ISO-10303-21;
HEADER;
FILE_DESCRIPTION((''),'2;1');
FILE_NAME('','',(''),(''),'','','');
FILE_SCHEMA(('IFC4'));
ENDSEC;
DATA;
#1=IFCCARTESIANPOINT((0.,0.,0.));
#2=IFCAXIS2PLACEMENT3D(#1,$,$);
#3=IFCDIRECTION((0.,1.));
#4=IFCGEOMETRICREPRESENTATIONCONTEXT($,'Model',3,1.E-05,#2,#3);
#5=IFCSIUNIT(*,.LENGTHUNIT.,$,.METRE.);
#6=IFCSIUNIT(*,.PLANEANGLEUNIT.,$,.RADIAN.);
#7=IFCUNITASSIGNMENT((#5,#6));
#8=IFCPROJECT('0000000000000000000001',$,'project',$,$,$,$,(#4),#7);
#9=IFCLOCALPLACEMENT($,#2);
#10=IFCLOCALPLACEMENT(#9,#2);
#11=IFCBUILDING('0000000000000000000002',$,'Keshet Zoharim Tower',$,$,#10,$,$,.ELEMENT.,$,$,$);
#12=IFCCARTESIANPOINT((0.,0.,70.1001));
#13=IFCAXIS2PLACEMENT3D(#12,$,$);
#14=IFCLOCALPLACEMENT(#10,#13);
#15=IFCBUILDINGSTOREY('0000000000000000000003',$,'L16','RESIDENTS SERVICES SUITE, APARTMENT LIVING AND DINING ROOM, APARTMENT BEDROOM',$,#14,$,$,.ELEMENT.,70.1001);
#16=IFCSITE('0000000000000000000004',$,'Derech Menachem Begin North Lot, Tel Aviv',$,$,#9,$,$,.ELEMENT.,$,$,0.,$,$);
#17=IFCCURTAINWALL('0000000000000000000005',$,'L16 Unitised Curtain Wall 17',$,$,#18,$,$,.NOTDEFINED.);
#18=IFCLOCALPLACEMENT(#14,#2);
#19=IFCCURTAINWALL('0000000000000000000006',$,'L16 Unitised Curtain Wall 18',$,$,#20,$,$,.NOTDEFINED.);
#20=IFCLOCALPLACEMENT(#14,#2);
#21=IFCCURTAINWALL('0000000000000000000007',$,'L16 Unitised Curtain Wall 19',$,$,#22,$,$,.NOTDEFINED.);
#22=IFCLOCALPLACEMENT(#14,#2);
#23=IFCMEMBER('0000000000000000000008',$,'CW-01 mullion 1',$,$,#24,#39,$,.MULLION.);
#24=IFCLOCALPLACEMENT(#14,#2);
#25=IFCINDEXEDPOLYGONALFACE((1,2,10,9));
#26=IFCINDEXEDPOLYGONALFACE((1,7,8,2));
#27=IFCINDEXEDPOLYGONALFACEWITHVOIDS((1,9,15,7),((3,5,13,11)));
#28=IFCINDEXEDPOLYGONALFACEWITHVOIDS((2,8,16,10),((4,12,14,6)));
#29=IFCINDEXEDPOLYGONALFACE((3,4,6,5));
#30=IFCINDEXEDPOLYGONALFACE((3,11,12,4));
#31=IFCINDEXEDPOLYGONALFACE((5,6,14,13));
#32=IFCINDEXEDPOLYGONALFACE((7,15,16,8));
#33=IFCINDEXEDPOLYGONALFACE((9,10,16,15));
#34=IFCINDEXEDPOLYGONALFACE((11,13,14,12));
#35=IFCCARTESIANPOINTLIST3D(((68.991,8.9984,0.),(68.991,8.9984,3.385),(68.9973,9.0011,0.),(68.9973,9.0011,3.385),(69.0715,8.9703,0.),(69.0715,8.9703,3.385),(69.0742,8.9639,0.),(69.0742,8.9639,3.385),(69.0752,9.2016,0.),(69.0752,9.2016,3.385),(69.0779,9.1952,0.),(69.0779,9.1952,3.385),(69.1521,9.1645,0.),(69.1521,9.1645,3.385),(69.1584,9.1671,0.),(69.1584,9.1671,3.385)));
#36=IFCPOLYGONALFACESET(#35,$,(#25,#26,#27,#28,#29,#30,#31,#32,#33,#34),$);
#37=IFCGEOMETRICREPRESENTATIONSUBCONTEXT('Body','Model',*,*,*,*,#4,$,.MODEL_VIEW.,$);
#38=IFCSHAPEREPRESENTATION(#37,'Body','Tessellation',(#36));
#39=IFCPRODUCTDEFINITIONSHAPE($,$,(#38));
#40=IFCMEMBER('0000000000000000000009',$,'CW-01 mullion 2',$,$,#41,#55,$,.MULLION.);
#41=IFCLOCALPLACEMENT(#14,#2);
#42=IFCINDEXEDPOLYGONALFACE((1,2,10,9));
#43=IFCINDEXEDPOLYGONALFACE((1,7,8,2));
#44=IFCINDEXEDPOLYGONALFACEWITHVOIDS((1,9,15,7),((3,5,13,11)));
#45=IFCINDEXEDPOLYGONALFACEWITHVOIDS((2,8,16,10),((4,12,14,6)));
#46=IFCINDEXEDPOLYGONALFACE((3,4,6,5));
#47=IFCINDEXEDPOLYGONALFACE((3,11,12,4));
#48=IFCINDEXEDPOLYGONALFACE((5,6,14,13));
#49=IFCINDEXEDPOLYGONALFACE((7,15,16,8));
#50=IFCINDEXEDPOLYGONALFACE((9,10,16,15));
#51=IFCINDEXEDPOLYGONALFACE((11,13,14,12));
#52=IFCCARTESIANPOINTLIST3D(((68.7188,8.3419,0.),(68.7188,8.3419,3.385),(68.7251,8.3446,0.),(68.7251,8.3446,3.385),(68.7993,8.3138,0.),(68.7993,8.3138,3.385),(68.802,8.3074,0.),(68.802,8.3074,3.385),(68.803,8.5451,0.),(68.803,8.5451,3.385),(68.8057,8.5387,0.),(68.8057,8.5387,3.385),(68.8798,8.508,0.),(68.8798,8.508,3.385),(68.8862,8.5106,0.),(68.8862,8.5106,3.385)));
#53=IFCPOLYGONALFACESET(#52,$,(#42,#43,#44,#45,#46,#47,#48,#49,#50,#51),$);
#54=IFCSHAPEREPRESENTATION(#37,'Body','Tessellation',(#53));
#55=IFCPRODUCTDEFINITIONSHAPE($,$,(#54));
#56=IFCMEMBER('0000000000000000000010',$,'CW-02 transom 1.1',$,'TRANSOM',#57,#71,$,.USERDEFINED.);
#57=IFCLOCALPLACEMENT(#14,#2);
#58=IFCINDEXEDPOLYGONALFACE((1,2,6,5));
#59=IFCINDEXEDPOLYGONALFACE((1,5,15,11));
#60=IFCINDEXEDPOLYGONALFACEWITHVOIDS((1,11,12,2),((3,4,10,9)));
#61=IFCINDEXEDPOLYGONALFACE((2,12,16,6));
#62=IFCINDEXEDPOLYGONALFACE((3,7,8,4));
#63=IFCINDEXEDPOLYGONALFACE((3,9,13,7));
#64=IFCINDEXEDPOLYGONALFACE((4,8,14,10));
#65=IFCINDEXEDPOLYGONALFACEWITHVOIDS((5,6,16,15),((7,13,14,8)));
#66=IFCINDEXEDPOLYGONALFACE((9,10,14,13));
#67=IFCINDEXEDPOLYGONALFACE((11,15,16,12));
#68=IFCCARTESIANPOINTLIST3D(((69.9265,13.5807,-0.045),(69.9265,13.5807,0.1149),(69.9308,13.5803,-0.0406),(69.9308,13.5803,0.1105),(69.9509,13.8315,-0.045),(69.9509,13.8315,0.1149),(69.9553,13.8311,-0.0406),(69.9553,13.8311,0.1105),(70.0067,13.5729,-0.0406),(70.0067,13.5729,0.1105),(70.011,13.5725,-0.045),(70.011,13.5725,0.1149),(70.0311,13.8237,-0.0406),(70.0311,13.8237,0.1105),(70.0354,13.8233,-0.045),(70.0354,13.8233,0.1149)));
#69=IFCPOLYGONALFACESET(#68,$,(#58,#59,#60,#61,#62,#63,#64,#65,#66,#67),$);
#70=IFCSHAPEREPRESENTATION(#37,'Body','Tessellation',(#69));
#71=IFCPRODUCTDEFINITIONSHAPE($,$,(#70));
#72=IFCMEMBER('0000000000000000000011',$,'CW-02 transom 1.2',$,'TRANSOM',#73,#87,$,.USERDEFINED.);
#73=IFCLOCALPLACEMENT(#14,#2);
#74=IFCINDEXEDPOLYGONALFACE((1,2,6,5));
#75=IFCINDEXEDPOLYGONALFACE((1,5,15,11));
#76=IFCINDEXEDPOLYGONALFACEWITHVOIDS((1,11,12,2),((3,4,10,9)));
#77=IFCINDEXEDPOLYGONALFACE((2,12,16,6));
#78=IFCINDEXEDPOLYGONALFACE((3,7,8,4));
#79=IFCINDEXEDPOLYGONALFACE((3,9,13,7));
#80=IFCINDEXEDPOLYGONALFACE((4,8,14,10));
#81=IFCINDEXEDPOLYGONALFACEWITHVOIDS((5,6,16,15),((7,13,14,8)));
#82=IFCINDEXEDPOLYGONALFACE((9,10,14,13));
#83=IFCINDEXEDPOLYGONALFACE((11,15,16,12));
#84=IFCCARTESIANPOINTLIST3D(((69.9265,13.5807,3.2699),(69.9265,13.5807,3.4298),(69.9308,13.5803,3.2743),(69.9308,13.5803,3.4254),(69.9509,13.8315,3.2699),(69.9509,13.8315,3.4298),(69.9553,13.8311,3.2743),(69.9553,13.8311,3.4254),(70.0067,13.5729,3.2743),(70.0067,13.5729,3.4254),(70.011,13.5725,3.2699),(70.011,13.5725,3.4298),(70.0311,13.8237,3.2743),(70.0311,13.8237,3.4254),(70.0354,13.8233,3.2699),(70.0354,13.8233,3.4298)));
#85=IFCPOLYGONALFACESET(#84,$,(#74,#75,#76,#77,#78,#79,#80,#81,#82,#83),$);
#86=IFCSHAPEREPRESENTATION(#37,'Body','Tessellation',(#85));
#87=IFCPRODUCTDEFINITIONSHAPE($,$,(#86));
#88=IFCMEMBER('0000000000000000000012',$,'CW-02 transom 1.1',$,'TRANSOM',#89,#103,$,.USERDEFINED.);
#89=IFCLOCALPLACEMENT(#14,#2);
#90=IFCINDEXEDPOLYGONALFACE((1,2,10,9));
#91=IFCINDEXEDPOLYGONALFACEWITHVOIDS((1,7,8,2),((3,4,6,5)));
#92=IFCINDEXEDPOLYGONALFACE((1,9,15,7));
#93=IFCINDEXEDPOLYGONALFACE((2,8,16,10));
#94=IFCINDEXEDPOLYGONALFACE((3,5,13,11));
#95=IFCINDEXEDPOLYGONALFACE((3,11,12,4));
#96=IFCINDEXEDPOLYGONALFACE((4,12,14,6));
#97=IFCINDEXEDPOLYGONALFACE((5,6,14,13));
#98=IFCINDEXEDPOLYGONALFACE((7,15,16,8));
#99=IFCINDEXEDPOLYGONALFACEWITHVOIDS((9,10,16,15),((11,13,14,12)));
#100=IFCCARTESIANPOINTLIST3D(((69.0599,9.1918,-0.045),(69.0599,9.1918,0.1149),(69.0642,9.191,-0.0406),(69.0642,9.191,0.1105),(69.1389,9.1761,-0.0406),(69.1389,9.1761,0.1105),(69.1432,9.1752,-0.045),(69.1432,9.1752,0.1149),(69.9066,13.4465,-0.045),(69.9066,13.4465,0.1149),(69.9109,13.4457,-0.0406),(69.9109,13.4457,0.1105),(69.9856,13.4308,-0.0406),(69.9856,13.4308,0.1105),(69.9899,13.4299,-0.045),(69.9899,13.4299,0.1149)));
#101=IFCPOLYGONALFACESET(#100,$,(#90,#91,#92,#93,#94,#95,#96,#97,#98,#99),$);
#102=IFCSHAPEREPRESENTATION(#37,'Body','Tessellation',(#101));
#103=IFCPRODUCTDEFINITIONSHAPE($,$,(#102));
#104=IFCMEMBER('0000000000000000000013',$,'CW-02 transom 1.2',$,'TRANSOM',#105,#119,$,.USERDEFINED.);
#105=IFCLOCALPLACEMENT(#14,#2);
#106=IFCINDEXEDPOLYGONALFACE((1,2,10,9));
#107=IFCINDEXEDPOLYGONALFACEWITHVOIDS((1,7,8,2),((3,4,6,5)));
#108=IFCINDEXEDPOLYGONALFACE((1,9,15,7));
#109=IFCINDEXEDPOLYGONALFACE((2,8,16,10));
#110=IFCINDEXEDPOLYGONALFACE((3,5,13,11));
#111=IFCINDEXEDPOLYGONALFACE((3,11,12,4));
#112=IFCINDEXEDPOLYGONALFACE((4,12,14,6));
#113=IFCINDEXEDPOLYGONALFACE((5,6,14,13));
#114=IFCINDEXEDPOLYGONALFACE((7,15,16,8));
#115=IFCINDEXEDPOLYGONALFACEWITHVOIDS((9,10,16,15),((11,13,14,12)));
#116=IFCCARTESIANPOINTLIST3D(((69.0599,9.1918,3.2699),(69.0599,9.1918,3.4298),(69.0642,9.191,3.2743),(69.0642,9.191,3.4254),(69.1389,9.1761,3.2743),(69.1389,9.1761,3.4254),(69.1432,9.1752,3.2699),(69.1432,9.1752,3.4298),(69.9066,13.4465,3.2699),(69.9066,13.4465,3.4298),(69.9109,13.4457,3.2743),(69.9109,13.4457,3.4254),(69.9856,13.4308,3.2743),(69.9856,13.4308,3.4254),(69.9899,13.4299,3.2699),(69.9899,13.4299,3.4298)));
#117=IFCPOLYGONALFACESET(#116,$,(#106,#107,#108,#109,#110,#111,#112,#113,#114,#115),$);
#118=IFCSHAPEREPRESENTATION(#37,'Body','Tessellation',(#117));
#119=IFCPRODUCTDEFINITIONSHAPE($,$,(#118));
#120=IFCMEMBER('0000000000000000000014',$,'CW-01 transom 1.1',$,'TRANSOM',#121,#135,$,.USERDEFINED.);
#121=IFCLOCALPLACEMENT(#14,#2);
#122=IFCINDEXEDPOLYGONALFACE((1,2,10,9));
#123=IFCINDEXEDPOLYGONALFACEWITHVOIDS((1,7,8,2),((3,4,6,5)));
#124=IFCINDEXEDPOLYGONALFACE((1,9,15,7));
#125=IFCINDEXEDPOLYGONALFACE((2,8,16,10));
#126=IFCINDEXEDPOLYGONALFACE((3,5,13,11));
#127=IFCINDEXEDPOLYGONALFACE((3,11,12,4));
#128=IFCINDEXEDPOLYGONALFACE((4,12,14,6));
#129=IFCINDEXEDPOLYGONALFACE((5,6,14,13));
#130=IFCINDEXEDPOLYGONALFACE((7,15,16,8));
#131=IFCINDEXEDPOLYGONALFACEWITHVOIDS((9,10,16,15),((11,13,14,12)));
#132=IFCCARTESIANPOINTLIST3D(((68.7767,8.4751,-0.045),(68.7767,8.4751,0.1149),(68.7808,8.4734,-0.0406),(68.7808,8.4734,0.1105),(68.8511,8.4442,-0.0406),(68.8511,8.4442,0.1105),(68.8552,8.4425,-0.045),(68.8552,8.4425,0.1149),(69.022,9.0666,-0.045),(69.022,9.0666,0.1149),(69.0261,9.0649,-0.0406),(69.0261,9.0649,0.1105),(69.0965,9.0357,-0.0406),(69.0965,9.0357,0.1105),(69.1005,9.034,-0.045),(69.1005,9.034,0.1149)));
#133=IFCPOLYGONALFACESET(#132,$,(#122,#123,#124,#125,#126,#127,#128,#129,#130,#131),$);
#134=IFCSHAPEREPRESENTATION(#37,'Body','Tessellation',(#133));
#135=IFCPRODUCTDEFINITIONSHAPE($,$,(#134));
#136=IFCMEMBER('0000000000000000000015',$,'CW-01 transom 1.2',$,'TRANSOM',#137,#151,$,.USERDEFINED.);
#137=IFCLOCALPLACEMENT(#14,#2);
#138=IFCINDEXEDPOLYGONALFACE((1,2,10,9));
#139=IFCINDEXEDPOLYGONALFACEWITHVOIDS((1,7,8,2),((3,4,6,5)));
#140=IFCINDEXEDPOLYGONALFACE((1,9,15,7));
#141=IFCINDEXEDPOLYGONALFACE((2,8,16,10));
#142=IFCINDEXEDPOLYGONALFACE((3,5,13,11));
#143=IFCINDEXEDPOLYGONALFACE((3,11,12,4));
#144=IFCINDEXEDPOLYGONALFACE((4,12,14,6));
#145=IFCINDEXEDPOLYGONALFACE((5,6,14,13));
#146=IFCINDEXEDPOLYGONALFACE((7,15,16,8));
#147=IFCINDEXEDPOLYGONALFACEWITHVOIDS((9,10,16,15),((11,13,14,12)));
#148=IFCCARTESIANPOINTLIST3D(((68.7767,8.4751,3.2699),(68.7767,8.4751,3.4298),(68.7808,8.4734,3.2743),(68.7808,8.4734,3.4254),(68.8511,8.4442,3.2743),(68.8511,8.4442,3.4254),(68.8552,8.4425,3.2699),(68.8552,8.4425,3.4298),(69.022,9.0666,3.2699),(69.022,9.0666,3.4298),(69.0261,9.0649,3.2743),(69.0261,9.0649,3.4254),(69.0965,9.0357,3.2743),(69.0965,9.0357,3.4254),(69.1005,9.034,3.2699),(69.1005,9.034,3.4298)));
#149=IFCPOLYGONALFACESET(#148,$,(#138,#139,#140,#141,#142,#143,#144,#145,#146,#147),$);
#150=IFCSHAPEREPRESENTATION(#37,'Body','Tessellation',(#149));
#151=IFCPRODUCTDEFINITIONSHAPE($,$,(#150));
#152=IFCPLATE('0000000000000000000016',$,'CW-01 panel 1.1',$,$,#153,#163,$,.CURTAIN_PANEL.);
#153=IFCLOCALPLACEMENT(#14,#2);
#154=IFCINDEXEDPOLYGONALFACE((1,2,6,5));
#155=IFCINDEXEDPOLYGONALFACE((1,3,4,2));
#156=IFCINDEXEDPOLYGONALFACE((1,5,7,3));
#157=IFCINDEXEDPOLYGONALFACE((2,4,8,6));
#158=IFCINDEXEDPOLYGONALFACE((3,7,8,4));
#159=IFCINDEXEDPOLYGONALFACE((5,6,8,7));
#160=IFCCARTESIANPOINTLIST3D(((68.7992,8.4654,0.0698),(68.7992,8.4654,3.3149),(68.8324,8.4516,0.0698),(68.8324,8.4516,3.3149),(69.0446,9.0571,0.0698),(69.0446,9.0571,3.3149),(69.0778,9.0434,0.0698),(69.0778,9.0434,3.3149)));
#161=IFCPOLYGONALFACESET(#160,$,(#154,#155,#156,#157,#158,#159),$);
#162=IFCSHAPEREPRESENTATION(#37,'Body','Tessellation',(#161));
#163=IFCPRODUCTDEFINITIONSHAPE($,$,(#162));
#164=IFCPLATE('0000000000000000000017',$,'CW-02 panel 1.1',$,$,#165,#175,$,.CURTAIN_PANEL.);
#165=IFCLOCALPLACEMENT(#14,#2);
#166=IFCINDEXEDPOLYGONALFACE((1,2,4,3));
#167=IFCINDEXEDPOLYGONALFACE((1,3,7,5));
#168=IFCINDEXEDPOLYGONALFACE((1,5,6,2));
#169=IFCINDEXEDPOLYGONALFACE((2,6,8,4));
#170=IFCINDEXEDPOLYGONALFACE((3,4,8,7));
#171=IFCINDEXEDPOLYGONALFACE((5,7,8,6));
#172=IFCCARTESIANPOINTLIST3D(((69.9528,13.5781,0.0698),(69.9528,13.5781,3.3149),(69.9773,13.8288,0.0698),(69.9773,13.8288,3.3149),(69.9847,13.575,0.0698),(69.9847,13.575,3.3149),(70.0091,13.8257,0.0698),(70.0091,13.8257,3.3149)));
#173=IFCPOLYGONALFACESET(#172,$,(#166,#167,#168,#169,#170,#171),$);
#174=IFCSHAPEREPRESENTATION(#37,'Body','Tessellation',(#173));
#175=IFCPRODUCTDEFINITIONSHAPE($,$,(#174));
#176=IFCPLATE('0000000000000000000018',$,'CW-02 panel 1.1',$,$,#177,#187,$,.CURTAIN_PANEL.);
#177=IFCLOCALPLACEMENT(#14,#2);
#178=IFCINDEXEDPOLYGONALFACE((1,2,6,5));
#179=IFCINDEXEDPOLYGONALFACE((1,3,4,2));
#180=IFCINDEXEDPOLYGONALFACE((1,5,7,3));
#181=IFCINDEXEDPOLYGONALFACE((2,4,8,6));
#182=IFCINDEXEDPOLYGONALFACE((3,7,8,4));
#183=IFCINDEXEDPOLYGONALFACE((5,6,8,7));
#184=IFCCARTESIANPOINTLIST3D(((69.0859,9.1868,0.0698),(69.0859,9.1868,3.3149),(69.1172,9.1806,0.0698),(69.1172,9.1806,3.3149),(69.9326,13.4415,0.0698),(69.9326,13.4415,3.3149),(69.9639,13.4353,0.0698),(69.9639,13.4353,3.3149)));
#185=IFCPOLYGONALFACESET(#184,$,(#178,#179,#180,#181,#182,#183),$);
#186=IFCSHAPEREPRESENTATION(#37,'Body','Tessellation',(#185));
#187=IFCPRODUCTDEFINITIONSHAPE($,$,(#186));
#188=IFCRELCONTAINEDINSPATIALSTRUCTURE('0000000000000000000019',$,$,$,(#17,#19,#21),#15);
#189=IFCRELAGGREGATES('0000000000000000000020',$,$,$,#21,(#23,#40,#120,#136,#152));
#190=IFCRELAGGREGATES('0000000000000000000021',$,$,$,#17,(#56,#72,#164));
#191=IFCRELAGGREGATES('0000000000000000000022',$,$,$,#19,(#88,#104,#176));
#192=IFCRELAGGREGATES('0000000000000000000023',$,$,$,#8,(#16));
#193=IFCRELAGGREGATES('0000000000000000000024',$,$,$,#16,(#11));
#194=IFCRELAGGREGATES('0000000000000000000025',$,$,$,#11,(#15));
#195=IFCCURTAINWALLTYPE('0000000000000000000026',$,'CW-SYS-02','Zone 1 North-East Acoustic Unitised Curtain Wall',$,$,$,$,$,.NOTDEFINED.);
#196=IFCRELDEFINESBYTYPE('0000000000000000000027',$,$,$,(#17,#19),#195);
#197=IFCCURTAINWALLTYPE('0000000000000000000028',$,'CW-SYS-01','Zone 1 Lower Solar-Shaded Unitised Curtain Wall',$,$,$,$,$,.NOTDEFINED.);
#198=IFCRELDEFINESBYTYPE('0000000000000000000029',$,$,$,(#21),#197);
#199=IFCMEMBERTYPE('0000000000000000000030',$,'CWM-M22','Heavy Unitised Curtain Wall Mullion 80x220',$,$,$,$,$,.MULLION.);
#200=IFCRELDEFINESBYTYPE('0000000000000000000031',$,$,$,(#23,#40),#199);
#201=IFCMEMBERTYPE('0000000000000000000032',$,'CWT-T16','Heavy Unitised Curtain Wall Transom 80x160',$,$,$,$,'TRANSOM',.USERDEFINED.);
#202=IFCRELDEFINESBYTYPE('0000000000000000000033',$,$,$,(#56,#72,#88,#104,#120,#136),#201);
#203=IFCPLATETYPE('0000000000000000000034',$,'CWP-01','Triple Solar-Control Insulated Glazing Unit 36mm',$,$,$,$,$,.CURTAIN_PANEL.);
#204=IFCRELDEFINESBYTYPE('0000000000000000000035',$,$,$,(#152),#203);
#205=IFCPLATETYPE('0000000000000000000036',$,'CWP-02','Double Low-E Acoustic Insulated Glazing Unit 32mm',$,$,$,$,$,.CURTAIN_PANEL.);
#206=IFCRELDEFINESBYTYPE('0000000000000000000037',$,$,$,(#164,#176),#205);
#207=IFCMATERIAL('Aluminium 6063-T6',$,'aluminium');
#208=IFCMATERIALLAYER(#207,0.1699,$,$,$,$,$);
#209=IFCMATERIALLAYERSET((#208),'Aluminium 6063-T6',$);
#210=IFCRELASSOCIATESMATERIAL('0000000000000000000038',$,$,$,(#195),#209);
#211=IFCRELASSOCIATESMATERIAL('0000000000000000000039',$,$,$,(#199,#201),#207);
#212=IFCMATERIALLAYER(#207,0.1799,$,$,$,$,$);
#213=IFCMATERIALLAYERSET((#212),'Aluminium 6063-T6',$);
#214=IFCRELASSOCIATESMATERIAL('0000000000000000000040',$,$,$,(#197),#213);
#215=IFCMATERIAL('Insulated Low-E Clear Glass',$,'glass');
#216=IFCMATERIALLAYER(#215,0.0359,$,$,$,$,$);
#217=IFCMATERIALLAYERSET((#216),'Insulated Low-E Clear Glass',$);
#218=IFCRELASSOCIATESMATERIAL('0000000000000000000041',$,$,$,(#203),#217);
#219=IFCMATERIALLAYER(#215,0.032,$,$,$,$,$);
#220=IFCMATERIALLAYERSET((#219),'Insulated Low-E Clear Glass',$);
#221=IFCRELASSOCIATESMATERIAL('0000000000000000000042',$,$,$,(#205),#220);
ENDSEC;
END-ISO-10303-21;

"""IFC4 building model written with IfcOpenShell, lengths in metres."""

from ifc_helpers import new_model, si_unit, direction, frame, origin, origin_2d, place, context, subcontext, project, spatial, rectangle, hollow_rectangle, extrude, material, layer, layer_set, material_profile, profile_set, type_object, element, aggregate, save


model = new_model("IFC4")

# Units and contexts
model_context = context("Model", 3, precision=1e-05, world=origin(), true_north=direction((0.0, 1.0)))
body_context = subcontext(model_context, "Body", "Model", "MODEL_VIEW")
ifc_project = project(units=[si_unit("LENGTHUNIT", "METRE"), si_unit("PLANEANGLEUNIT", "RADIAN")], contexts=[model_context])

# Site, building, storey
site_placement = place(None, origin())
site = spatial("IfcSite", under=ifc_project, at=site_placement, Name="Derech Menachem Begin North Lot, Tel Aviv", CompositionType="ELEMENT", RefElevation=0.0)
building_placement = place(site_placement, origin())
building = spatial("IfcBuilding", under=site, at=building_placement, Name="Keshet Zoharim Tower", CompositionType="ELEMENT")
storey_placement = place(building_placement, frame((0.0, 0.0, 70.1001)))
storey = spatial("IfcBuildingStorey", under=building, at=storey_placement, Name="L16", Description="RESIDENTS SERVICES SUITE, APARTMENT LIVING AND DINING ROOM, APARTMENT BEDROOM", CompositionType="ELEMENT", Elevation=70.1001)

# Shared definitions
ifc_material_1 = material(Name="Aluminium 6063-T6", Category="aluminium")
ifc_layer_1 = layer(ifc_material_1, 0.1699)
ifc_layer_set_1 = layer_set([ifc_layer_1], Name="Aluminium 6063-T6")
curtain_wall_type_1 = type_object("IfcCurtainWallType", Name="CW-SYS-02", Description="Zone 1 North-East Acoustic Unitised Curtain Wall", PredefinedType="NOTDEFINED", material=ifc_layer_set_1)
ifc_material_profile_1 = material_profile(ifc_material_1, hollow_rectangle(XDim=0.0901, YDim=0.22, WallThickness=0.0049, at=origin_2d()), Name="MUL-90x220")
ifc_profile_set_1 = profile_set([ifc_material_profile_1], Name="Aluminium 6063-T6")
member_type_1 = type_object("IfcMemberType", Name="CWM-M22", Description="Heavy Unitised Curtain Wall Mullion 80x220", PredefinedType="MULLION", material=ifc_profile_set_1)

# Curtain walls, members
curtain_wall_1_placement = place(storey_placement, origin())
curtain_wall_1 = element("IfcCurtainWall", 1, at=curtain_wall_1_placement, inside=storey, type_object=curtain_wall_type_1, Name="L16 Unitised Curtain Wall 17", PredefinedType="NOTDEFINED")
curtain_wall_2_placement = place(storey_placement, origin())
curtain_wall_2 = element("IfcCurtainWall", 2, at=curtain_wall_2_placement, inside=storey, type_object=curtain_wall_type_1, Name="L16 Unitised Curtain Wall 18", PredefinedType="NOTDEFINED")
ifc_layer_2 = layer(ifc_material_1, 0.1799)
ifc_layer_set_2 = layer_set([ifc_layer_2], Name="Aluminium 6063-T6")
curtain_wall_type_2 = type_object("IfcCurtainWallType", Name="CW-SYS-01", Description="Zone 1 Lower Solar-Shaded Unitised Curtain Wall", PredefinedType="NOTDEFINED", material=ifc_layer_set_2)
curtain_wall_3_placement = place(storey_placement, origin())
curtain_wall_3 = element("IfcCurtainWall", 3, at=curtain_wall_3_placement, inside=storey, type_object=curtain_wall_type_2, Name="L16 Unitised Curtain Wall 19", PredefinedType="NOTDEFINED")
member_1_placement = place(storey_placement, frame((69.0747, 9.0828, 0.0), z_axis=(0.0, 0.0, 1.0), x_axis=(0.92372, -0.383068, 0.0)))
member_1 = element("IfcMember", 4, at=member_1_placement, type_object=member_type_1, Name="CW-01 mullion 1", PredefinedType="MULLION", context=body_context, shape_type="SweptSolid", body=[
    extrude(hollow_rectangle(XDim=0.0901, YDim=0.22, WallThickness=0.0049, at=origin_2d()), origin(), (0.0, 0.0, 1.0), 3.385),
])
member_2_placement = place(storey_placement, frame((68.8025, 8.4263, 0.0), z_axis=(0.0, 0.0, 1.0), x_axis=(0.92372, -0.383068, 0.0)))
member_2 = element("IfcMember", 5, at=member_2_placement, type_object=member_type_1, Name="CW-01 mullion 2", PredefinedType="MULLION", context=body_context, shape_type="SweptSolid", body=[
    extrude(hollow_rectangle(XDim=0.0901, YDim=0.22, WallThickness=0.0049, at=origin_2d()), origin(), (0.0, 0.0, 1.0), 3.385),
])

# Members
ifc_material_profile_2 = material_profile(ifc_material_1, hollow_rectangle(XDim=0.085, YDim=0.1599, WallThickness=0.0044, at=origin_2d()), Name="TRN-85x160")
ifc_profile_set_2 = profile_set([ifc_material_profile_2], Name="Aluminium 6063-T6")
member_type_2 = type_object("IfcMemberType", Name="CWT-T16", Description="Heavy Unitised Curtain Wall Transom 80x160", ElementType="TRANSOM", PredefinedType="USERDEFINED", material=ifc_profile_set_2)
member_3_placement = place(storey_placement, frame((69.9932, 13.8274, 0.0349), z_axis=(-0.096913, -0.995293, 0.0), x_axis=(0.995293, -0.096913, 0.0)))
member_3 = element("IfcMember", 6, at=member_3_placement, type_object=member_type_2, Name="CW-02 transom 1.1", ObjectType="TRANSOM", PredefinedType="USERDEFINED", context=body_context, shape_type="SweptSolid", body=[
    extrude(hollow_rectangle(XDim=0.085, YDim=0.1599, WallThickness=0.0044, at=origin_2d()), origin(), (0.0, 0.0, 1.0), 0.252),
])
member_4_placement = place(storey_placement, frame((69.9932, 13.8274, 3.3499), z_axis=(-0.096913, -0.995293, 0.0), x_axis=(0.995293, -0.096913, 0.0)))
member_4 = element("IfcMember", 7, at=member_4_placement, type_object=member_type_2, Name="CW-02 transom 1.2", ObjectType="TRANSOM", PredefinedType="USERDEFINED", context=body_context, shape_type="SweptSolid", body=[
    extrude(hollow_rectangle(XDim=0.085, YDim=0.1599, WallThickness=0.0044, at=origin_2d()), origin(), (0.0, 0.0, 1.0), 0.252),
])
member_5_placement = place(storey_placement, frame((69.9482, 13.4382, 0.0349), z_axis=(-0.195174, -0.980769, 0.0), x_axis=(0.980769, -0.195174, 0.0)))
member_5 = element("IfcMember", 8, at=member_5_placement, type_object=member_type_2, Name="CW-02 transom 1.1", ObjectType="TRANSOM", PredefinedType="USERDEFINED", context=body_context, shape_type="SweptSolid", body=[
    extrude(hollow_rectangle(XDim=0.085, YDim=0.1599, WallThickness=0.0044, at=origin_2d()), origin(), (0.0, 0.0, 1.0), 4.3381),
])
member_6_placement = place(storey_placement, frame((69.9482, 13.4382, 3.3499), z_axis=(-0.195174, -0.980769, 0.0), x_axis=(0.980769, -0.195174, 0.0)))
member_6 = element("IfcMember", 9, at=member_6_placement, type_object=member_type_2, Name="CW-02 transom 1.2", ObjectType="TRANSOM", PredefinedType="USERDEFINED", context=body_context, shape_type="SweptSolid", body=[
    extrude(hollow_rectangle(XDim=0.085, YDim=0.1599, WallThickness=0.0044, at=origin_2d()), origin(), (0.0, 0.0, 1.0), 4.3381),
])
member_7_placement = place(storey_placement, frame((69.0613, 9.0503, 0.0349), z_axis=(-0.383126, -0.923696, 0.0), x_axis=(0.923696, -0.383126, 0.0)))
member_7 = element("IfcMember", 10, at=member_7_placement, type_object=member_type_2, Name="CW-01 transom 1.1", ObjectType="TRANSOM", PredefinedType="USERDEFINED", context=body_context, shape_type="SweptSolid", body=[
    extrude(hollow_rectangle(XDim=0.085, YDim=0.1599, WallThickness=0.0044, at=origin_2d()), origin(), (0.0, 0.0, 1.0), 0.6404),
])
member_8_placement = place(storey_placement, frame((69.0613, 9.0503, 3.3499), z_axis=(-0.383126, -0.923696, 0.0), x_axis=(0.923696, -0.383126, 0.0)))
member_8 = element("IfcMember", 11, at=member_8_placement, type_object=member_type_2, Name="CW-01 transom 1.2", ObjectType="TRANSOM", PredefinedType="USERDEFINED", context=body_context, shape_type="SweptSolid", body=[
    extrude(hollow_rectangle(XDim=0.085, YDim=0.1599, WallThickness=0.0044, at=origin_2d()), origin(), (0.0, 0.0, 1.0), 0.6404),
])

# Plates
ifc_material_2 = material(Name="Insulated Low-E Clear Glass", Category="glass")
ifc_layer_3 = layer(ifc_material_2, 0.0359)
ifc_layer_set_3 = layer_set([ifc_layer_3], Name="Insulated Low-E Clear Glass")
plate_type_1 = type_object("IfcPlateType", Name="CWP-01", Description="Triple Solar-Control Insulated Glazing Unit 36mm", PredefinedType="CURTAIN_PANEL", material=ifc_layer_set_3)
plate_1_placement = place(storey_placement, frame((68.9385, 8.7544, 0.0698), z_axis=(0.0, 0.0, 1.0), x_axis=(-0.383068, -0.92372, 0.0)))
plate_1 = element("IfcPlate", 12, at=plate_1_placement, type_object=plate_type_1, Name="CW-01 panel 1.1", PredefinedType="CURTAIN_PANEL", context=body_context, shape_type="SweptSolid", body=[
    extrude(rectangle(XDim=0.6406, YDim=0.0359, at=origin_2d()), origin(), (0.0, 0.0, 1.0), 3.2451),
])
aggregate(curtain_wall_3, [member_1, member_2, member_7, member_8, plate_1])
ifc_layer_4 = layer(ifc_material_2, 0.032)
ifc_layer_set_4 = layer_set([ifc_layer_4], Name="Insulated Low-E Clear Glass")
plate_type_2 = type_object("IfcPlateType", Name="CWP-02", Description="Double Low-E Acoustic Insulated Glazing Unit 32mm", PredefinedType="CURTAIN_PANEL", material=ifc_layer_set_4)
plate_2_placement = place(storey_placement, frame((69.981, 13.7019, 0.0698), z_axis=(0.0, 0.0, 1.0), x_axis=(-0.096977, -0.995287, 0.0)))
plate_2 = element("IfcPlate", 13, at=plate_2_placement, type_object=plate_type_2, Name="CW-02 panel 1.1", PredefinedType="CURTAIN_PANEL", context=body_context, shape_type="SweptSolid", body=[
    extrude(rectangle(XDim=0.252, YDim=0.032, at=origin_2d()), origin(), (0.0, 0.0, 1.0), 3.2451),
])
aggregate(curtain_wall_1, [member_3, member_4, plate_2])
plate_3_placement = place(storey_placement, frame((69.5249, 11.311, 0.0698), z_axis=(0.0, 0.0, 1.0), x_axis=(-0.195171, -0.980769, 0.0)))
plate_3 = element("IfcPlate", 14, at=plate_3_placement, type_object=plate_type_2, Name="CW-02 panel 1.1", PredefinedType="CURTAIN_PANEL", context=body_context, shape_type="SweptSolid", body=[
    extrude(rectangle(XDim=4.3381, YDim=0.032, at=origin_2d()), origin(), (0.0, 0.0, 1.0), 3.2451),
])
aggregate(curtain_wall_2, [member_5, member_6, plate_3])

save(model, "model.ifc")
